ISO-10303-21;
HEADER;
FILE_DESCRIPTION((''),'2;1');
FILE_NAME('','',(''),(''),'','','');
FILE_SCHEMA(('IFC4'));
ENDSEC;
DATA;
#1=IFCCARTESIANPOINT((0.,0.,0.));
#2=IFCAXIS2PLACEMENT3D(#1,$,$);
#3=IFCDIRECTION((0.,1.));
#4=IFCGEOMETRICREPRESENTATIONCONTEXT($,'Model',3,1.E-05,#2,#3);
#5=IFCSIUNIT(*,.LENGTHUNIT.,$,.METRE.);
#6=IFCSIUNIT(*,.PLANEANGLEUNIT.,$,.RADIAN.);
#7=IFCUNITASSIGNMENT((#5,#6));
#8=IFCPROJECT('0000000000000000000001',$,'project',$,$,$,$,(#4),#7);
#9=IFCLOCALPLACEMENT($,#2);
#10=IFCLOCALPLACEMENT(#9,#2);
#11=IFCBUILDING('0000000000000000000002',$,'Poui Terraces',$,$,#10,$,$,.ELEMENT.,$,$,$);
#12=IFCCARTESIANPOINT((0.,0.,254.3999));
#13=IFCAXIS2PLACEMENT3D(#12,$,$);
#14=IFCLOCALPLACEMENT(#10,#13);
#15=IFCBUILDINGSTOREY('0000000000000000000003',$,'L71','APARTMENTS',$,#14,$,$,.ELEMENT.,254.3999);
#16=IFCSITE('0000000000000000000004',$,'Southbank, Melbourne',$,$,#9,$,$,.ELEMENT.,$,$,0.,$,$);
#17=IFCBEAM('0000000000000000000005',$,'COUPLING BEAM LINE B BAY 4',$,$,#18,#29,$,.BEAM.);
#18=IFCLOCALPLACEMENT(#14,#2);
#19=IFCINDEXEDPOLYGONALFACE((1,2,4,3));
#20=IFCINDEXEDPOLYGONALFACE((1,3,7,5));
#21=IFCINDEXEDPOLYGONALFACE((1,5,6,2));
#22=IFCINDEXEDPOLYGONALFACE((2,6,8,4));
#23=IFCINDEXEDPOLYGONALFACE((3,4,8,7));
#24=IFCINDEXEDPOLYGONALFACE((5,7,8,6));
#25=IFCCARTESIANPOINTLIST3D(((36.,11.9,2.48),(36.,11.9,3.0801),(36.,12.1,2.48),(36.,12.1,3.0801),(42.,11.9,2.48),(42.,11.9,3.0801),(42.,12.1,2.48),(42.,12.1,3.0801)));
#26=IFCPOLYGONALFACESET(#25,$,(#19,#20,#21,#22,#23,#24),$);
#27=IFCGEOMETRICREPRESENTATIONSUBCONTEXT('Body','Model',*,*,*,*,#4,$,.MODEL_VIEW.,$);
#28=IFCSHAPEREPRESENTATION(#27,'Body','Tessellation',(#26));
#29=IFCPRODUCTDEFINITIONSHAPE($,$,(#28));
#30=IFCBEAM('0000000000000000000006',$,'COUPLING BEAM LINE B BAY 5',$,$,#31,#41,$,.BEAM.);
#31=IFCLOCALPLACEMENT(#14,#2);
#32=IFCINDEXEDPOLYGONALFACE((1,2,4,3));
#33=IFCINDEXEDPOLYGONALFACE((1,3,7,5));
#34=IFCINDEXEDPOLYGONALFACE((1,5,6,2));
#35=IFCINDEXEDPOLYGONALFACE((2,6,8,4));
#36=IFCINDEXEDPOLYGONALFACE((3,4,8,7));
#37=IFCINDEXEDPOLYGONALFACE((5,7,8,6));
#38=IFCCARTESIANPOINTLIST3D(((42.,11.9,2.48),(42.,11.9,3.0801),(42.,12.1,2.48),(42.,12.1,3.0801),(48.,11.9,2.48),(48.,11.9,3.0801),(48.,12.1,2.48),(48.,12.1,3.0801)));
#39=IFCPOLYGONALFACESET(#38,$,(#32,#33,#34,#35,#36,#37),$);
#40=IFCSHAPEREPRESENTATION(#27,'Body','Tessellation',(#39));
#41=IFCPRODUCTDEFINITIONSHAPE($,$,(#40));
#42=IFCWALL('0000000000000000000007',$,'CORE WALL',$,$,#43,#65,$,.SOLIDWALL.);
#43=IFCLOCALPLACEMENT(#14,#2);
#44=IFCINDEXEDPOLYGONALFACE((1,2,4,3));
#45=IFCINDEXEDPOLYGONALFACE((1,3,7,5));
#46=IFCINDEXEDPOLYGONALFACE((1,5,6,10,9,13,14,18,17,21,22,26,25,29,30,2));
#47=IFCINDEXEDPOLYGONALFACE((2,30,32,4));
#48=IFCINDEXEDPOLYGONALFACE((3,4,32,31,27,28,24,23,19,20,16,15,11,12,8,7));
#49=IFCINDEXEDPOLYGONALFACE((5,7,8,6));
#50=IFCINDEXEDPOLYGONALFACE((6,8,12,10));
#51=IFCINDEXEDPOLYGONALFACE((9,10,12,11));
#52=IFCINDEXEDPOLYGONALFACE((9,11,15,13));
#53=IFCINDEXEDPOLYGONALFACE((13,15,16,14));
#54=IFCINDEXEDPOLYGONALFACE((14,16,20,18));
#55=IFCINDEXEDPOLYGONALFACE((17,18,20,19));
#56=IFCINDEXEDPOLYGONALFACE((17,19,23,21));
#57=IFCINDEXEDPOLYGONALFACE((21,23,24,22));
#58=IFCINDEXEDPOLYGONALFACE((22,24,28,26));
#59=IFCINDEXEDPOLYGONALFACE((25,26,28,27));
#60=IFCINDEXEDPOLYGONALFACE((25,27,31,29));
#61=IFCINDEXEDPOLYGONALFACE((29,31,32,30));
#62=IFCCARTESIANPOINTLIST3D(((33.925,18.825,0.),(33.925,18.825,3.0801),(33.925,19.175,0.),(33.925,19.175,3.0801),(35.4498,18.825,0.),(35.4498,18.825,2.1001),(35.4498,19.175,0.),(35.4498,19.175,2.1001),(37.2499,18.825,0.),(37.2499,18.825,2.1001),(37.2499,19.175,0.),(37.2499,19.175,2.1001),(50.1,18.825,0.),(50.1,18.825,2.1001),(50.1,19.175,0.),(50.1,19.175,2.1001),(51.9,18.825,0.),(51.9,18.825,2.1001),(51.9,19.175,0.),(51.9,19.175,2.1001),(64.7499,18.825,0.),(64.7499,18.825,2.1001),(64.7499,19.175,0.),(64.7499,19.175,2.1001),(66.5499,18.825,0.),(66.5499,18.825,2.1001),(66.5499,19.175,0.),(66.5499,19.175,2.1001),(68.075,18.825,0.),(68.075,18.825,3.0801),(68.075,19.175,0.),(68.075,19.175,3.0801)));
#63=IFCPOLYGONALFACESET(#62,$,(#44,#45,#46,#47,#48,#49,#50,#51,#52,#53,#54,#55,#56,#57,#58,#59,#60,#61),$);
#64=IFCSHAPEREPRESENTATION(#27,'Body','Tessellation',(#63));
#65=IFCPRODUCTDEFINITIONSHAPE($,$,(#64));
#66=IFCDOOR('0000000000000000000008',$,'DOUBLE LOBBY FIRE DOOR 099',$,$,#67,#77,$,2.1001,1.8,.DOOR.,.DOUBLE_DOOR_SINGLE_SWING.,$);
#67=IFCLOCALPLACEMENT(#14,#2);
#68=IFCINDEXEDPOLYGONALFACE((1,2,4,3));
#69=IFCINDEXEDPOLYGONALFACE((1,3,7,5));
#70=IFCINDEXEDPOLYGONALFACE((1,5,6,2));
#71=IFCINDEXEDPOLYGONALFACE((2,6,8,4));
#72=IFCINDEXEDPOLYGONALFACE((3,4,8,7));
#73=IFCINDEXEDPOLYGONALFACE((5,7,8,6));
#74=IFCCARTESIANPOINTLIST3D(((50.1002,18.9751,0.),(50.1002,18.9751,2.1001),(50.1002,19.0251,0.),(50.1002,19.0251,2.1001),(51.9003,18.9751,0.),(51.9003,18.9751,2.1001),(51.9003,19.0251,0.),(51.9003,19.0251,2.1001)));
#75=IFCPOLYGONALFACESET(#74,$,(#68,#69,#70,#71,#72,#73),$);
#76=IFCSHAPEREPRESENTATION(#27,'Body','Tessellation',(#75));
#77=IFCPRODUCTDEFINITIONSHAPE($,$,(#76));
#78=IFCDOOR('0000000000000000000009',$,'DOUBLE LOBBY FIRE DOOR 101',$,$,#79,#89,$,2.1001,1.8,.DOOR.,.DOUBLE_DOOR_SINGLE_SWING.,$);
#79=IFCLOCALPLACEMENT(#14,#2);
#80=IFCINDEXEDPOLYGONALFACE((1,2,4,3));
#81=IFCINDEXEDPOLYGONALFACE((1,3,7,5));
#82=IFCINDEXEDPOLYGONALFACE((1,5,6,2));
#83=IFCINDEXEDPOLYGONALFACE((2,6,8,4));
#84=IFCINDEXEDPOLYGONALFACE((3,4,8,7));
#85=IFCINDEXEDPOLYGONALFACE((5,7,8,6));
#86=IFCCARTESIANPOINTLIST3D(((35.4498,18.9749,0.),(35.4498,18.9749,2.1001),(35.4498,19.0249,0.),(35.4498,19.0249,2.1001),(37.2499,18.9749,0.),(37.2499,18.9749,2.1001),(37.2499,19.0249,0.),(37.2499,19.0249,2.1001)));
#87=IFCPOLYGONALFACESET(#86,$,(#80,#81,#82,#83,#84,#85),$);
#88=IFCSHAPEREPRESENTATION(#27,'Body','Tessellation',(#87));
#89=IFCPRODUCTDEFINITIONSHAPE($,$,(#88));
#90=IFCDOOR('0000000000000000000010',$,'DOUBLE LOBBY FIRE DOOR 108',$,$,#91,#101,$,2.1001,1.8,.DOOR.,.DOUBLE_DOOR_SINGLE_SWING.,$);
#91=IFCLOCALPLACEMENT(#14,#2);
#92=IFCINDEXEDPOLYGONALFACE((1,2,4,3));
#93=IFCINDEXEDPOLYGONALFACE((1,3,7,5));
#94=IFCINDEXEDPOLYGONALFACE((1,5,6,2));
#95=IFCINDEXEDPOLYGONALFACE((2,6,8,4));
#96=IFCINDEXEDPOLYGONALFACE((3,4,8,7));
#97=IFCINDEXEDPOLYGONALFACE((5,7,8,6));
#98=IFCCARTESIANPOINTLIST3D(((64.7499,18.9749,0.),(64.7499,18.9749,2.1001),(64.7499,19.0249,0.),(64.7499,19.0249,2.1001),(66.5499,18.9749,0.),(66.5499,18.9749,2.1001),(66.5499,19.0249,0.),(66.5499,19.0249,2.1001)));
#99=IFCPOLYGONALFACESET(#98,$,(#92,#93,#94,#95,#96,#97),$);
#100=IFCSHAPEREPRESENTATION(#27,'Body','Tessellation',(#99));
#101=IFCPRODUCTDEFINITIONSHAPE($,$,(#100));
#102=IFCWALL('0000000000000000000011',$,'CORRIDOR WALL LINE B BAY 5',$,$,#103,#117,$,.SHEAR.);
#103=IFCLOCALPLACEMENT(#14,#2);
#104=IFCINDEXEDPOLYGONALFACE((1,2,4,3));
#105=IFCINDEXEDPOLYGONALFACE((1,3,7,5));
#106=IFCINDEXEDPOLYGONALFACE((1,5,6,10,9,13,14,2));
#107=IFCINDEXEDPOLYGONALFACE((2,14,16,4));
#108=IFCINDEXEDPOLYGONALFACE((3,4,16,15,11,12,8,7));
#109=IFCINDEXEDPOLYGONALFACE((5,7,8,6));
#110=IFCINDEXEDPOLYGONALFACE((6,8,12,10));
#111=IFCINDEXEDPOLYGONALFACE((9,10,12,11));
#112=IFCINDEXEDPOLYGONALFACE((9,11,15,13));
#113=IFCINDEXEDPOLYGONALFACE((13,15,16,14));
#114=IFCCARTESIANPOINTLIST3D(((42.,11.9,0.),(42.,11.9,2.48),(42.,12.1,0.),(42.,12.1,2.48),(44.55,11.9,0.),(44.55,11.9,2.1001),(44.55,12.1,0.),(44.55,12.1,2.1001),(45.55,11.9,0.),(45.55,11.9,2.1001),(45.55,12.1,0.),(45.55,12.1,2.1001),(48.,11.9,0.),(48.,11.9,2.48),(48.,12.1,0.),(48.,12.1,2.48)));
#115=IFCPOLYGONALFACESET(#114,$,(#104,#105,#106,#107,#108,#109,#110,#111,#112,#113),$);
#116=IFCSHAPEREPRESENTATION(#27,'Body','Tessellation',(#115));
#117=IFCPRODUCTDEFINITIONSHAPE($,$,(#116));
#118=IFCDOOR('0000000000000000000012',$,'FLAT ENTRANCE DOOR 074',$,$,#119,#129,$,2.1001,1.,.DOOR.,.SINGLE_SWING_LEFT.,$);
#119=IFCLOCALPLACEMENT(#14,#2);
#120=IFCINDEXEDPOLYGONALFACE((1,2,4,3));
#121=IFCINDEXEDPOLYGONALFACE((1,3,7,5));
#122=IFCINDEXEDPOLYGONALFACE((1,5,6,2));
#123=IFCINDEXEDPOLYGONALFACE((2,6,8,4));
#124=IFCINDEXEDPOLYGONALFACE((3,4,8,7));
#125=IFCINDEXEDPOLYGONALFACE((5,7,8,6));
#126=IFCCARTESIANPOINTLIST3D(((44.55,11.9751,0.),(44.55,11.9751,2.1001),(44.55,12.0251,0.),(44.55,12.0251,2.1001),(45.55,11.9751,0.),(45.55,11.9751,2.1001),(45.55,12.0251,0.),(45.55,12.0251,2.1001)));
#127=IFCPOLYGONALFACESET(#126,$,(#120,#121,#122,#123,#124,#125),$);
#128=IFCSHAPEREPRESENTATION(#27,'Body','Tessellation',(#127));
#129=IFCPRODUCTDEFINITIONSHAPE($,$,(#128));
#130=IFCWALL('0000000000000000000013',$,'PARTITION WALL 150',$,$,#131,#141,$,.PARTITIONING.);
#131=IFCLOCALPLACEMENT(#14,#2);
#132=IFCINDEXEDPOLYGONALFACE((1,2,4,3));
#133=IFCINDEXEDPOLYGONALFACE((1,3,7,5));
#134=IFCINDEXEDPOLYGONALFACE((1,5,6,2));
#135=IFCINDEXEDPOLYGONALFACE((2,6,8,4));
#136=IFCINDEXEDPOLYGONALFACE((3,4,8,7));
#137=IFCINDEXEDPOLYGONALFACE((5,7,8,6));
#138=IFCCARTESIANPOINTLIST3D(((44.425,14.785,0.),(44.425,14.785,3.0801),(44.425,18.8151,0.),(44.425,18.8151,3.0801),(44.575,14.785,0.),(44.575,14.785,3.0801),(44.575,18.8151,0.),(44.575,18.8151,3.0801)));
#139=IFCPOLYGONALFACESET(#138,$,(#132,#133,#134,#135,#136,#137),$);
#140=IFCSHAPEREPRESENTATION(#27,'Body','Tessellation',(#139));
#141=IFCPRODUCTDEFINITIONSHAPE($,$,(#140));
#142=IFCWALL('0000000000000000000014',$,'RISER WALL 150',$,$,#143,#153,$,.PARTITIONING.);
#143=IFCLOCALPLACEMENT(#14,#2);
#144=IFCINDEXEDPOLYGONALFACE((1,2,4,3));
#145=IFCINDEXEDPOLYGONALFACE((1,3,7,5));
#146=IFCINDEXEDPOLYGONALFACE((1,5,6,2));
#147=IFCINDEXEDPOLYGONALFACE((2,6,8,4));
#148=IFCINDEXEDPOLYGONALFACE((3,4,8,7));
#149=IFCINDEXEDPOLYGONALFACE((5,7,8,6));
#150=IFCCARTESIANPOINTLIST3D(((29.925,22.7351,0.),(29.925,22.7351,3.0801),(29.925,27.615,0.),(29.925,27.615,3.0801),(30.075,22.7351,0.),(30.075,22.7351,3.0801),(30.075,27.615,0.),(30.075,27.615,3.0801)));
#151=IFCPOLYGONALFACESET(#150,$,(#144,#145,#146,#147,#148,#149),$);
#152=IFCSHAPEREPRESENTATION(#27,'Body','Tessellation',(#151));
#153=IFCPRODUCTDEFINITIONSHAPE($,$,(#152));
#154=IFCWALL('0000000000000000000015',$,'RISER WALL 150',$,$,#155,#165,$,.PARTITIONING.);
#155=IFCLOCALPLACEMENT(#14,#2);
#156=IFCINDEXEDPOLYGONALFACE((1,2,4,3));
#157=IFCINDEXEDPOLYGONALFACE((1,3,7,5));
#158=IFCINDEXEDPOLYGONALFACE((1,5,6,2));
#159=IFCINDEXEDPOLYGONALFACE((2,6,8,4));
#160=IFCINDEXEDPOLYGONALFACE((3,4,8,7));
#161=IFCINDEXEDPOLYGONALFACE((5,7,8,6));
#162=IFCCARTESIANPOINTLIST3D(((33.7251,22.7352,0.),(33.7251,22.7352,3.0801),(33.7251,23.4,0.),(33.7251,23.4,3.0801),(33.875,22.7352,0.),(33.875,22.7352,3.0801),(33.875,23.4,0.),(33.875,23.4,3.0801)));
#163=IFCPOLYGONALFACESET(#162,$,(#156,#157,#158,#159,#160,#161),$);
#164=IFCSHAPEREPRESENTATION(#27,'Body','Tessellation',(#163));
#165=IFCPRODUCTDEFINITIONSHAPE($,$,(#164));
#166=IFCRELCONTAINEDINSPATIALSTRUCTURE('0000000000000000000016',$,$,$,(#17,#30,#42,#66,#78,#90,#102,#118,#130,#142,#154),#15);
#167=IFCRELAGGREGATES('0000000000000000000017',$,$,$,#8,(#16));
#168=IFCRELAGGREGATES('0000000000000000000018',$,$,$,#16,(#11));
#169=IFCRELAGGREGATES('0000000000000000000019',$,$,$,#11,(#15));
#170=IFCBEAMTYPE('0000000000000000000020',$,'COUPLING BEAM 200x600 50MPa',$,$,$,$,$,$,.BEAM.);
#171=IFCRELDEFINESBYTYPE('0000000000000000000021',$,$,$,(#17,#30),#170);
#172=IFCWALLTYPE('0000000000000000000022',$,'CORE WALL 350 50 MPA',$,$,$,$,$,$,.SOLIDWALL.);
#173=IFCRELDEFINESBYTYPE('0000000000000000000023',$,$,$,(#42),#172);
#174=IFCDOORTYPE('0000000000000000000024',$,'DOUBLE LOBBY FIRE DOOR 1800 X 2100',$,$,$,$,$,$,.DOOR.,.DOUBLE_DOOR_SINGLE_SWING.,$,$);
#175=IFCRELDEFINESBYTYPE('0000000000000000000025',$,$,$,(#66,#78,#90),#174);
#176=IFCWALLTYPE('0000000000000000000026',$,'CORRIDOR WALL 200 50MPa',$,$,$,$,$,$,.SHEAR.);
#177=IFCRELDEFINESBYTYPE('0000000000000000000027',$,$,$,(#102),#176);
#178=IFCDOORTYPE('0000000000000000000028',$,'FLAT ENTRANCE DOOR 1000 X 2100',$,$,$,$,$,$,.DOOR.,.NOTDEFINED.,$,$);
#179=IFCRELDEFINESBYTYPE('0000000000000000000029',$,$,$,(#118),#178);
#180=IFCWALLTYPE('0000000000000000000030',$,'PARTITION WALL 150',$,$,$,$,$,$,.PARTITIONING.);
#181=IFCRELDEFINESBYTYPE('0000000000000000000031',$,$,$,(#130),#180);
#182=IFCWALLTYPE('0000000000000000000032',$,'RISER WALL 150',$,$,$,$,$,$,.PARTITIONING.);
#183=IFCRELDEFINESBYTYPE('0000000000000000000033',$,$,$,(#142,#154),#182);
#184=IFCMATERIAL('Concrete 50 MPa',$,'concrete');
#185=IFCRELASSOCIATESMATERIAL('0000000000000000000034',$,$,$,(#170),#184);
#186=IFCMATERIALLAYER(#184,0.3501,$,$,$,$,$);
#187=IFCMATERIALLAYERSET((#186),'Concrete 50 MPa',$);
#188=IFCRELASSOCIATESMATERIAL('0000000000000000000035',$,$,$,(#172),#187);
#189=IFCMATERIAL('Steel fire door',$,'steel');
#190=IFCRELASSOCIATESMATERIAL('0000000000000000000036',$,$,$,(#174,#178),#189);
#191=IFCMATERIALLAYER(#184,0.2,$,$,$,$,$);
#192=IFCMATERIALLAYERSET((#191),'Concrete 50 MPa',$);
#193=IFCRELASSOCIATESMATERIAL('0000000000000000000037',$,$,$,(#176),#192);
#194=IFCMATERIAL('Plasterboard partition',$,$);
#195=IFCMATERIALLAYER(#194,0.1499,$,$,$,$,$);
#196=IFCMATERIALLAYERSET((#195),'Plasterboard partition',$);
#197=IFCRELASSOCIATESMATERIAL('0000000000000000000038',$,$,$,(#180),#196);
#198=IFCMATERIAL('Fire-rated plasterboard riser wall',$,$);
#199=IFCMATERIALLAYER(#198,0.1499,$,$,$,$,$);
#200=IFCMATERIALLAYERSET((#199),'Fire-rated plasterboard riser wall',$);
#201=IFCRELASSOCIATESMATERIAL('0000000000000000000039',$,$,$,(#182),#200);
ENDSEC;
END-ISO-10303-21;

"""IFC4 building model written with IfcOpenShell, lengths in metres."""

from ifc_helpers import new_model, si_unit, direction, frame, frame_2d, origin, origin_2d, place, context, subcontext, project, spatial, rectangle, extrude, source, transform, mapped, material, layer, layer_set, material_profile, profile_set, type_object, element, fill, save


model = new_model("IFC4")

# Units and contexts
model_context = context("Model", 3, precision=1e-05, world=origin(), true_north=direction((0.0, 1.0)))
body_context = subcontext(model_context, "Body", "Model", "MODEL_VIEW")
ifc_project = project(units=[si_unit("LENGTHUNIT", "METRE"), si_unit("PLANEANGLEUNIT", "RADIAN")], contexts=[model_context])

# Site, building, storey
site_placement = place(None, origin())
site = spatial("IfcSite", under=ifc_project, at=site_placement, Name="Southbank, Melbourne", CompositionType="ELEMENT", RefElevation=0.0)
building_placement = place(site_placement, origin())
building = spatial("IfcBuilding", under=site, at=building_placement, Name="Poui Terraces", CompositionType="ELEMENT")
storey_placement = place(building_placement, frame((0.0, 0.0, 254.3999)))
storey = spatial("IfcBuildingStorey", under=building, at=storey_placement, Name="L71", Description="APARTMENTS", CompositionType="ELEMENT", Elevation=254.3999)

# Beams
ifc_material_1 = material(Name="Concrete 50 MPa", Category="concrete")
ifc_material_profile = material_profile(ifc_material_1, rectangle(XDim=0.2, YDim=0.6001, at=origin_2d()), Name="RC 200x600")
ifc_profile_set = profile_set([ifc_material_profile], Name="Concrete 50 MPa")
beam_type = type_object("IfcBeamType", Name="COUPLING BEAM 200x600 50MPa", PredefinedType="BEAM", material=ifc_profile_set)
shared_shape = source(origin(), body_context, "Body", "SweptSolid", [
    extrude(rectangle(XDim=0.2, YDim=0.6001, at=origin_2d()), origin(), (0.0, 0.0, 1.0), 6.0),
])
for number, where, z_axis, x_axis, name in (
    (1, (36.0, 12.0, 2.78), (1.0, 0.0, 0.0), (0.0, 1.0, 0.0), "COUPLING BEAM LINE B BAY 4"),
    (2, (42.0, 12.0, 2.78), (1.0, 0.0, 0.0), (0.0, 1.0, 0.0), "COUPLING BEAM LINE B BAY 5"),
):
    element("IfcBeam", number, at=place(storey_placement, frame(where, z_axis=z_axis, x_axis=x_axis)), inside=storey, type_object=beam_type, Name=name, PredefinedType="BEAM", context=body_context, shape_type="MappedRepresentation", body=[
        mapped(shared_shape, transform((0.0, 0.0, 0.0))),
    ])

# Wall, openings, doors
ifc_layer_1 = layer(ifc_material_1, 0.3501)
ifc_layer_set_1 = layer_set([ifc_layer_1], Name="Concrete 50 MPa")
wall_type_1 = type_object("IfcWallType", Name="CORE WALL 350 50 MPA", PredefinedType="SOLIDWALL", material=ifc_layer_set_1)
wall_1_placement = place(storey_placement, frame((33.925, 19.0, 0.0), z_axis=(0.0, 0.0, 1.0), x_axis=(1.0, 0.0, 0.0)))
wall_1 = element("IfcWall", 3, at=wall_1_placement, inside=storey, type_object=wall_type_1, Name="CORE WALL", PredefinedType="SOLIDWALL", context=body_context, shape_type="SweptSolid", body=[
    extrude(rectangle(XDim=34.1499, YDim=0.3501, at=frame_2d((17.075, 0.0))), origin(), (0.0, 0.0, 1.0), 3.0801),
])
opening_1_placement = place(wall_1_placement, frame((16.175, 0.0, 0.0)))
opening_1 = element("IfcOpeningElement", 4, at=opening_1_placement, cuts=wall_1, PredefinedType="OPENING", context=body_context, shape_type="SweptSolid", body=[
    extrude(rectangle(XDim=1.8, YDim=2.1001, at=frame_2d((0.8999, 1.05))), frame((0.0, 0.1851, 0.0), z_axis=(0.0, -1.0, 0.0), x_axis=(1.0, 0.0, 0.0)), (0.0, 0.0, 1.0), 0.3701),
])
opening_2_placement = place(wall_1_placement, frame((1.5249, 0.0, 0.0)))
opening_2 = element("IfcOpeningElement", 5, at=opening_2_placement, cuts=wall_1, PredefinedType="OPENING", context=body_context, shape_type="SweptSolid", body=[
    extrude(rectangle(XDim=1.8, YDim=2.1001, at=frame_2d((0.8999, 1.05))), frame((0.0, 0.1851, 0.0), z_axis=(0.0, -1.0, 0.0), x_axis=(1.0, 0.0, 0.0)), (0.0, 0.0, 1.0), 0.3701),
])
opening_3_placement = place(wall_1_placement, frame((30.825, 0.0, 0.0)))
opening_3 = element("IfcOpeningElement", 6, at=opening_3_placement, cuts=wall_1, PredefinedType="OPENING", context=body_context, shape_type="SweptSolid", body=[
    extrude(rectangle(XDim=1.8, YDim=2.1001, at=frame_2d((0.8999, 1.05))), frame((0.0, 0.1851, 0.0), z_axis=(0.0, -1.0, 0.0), x_axis=(1.0, 0.0, 0.0)), (0.0, 0.0, 1.0), 0.3701),
])
ifc_material_2 = material(Name="Steel fire door", Category="steel")
door_type_1 = type_object("IfcDoorType", Name="DOUBLE LOBBY FIRE DOOR 1800 X 2100", OperationType="DOUBLE_DOOR_SINGLE_SWING", PredefinedType="DOOR", material=ifc_material_2)
door_1_placement = place(opening_1_placement, frame((1.8, 0.0, 0.0), z_axis=(0.0, 0.0, 1.0), x_axis=(-1.0, 0.0, 0.0)))
door_1 = element("IfcDoor", 7, at=door_1_placement, inside=storey, type_object=door_type_1, Name="DOUBLE LOBBY FIRE DOOR 099", OperationType="DOUBLE_DOOR_SINGLE_SWING", OverallHeight=2.1001, OverallWidth=1.8, PredefinedType="DOOR", context=body_context, shape_type="SweptSolid", body=[
    extrude(rectangle(XDim=1.8, YDim=2.1001, at=frame_2d((0.8999, 1.05))), frame((0.0, 0.0249, 0.0), z_axis=(0.0, -1.0, 0.0), x_axis=(1.0, 0.0, 0.0)), (0.0, 0.0, 1.0), 0.05),
])
fill(opening_1, door_1)
door_2_placement = place(opening_2_placement, origin())
door_2 = element("IfcDoor", 8, at=door_2_placement, inside=storey, type_object=door_type_1, Name="DOUBLE LOBBY FIRE DOOR 101", OperationType="DOUBLE_DOOR_SINGLE_SWING", OverallHeight=2.1001, OverallWidth=1.8, PredefinedType="DOOR", context=body_context, shape_type="SweptSolid", body=[
    extrude(rectangle(XDim=1.8, YDim=2.1001, at=frame_2d((0.8999, 1.05))), frame((0.0, 0.0249, 0.0), z_axis=(0.0, -1.0, 0.0), x_axis=(1.0, 0.0, 0.0)), (0.0, 0.0, 1.0), 0.05),
])
fill(opening_2, door_2)
door_3_placement = place(opening_3_placement, origin())
door_3 = element("IfcDoor", 9, at=door_3_placement, inside=storey, type_object=door_type_1, Name="DOUBLE LOBBY FIRE DOOR 108", OperationType="DOUBLE_DOOR_SINGLE_SWING", OverallHeight=2.1001, OverallWidth=1.8, PredefinedType="DOOR", context=body_context, shape_type="SweptSolid", body=[
    extrude(rectangle(XDim=1.8, YDim=2.1001, at=frame_2d((0.8999, 1.05))), frame((0.0, 0.0249, 0.0), z_axis=(0.0, -1.0, 0.0), x_axis=(1.0, 0.0, 0.0)), (0.0, 0.0, 1.0), 0.05),
])
fill(opening_3, door_3)

# Wall, opening, door
ifc_layer_2 = layer(ifc_material_1, 0.2)
ifc_layer_set_2 = layer_set([ifc_layer_2], Name="Concrete 50 MPa")
wall_type_2 = type_object("IfcWallType", Name="CORRIDOR WALL 200 50MPa", PredefinedType="SHEAR", material=ifc_layer_set_2)
wall_2_placement = place(storey_placement, frame((42.0, 12.0, 0.0), z_axis=(0.0, 0.0, 1.0), x_axis=(1.0, 0.0, 0.0)))
wall_2 = element("IfcWall", 10, at=wall_2_placement, inside=storey, type_object=wall_type_2, Name="CORRIDOR WALL LINE B BAY 5", PredefinedType="SHEAR", context=body_context, shape_type="SweptSolid", body=[
    extrude(rectangle(XDim=6.0, YDim=0.2, at=frame_2d((3.0, 0.0))), origin(), (0.0, 0.0, 1.0), 2.48),
])
opening_4_placement = place(wall_2_placement, frame((2.55, 0.0, 0.0)))
opening_4 = element("IfcOpeningElement", 11, at=opening_4_placement, cuts=wall_2, PredefinedType="OPENING", context=body_context, shape_type="SweptSolid", body=[
    extrude(rectangle(XDim=1.0, YDim=2.1001, at=frame_2d((0.5, 1.05))), frame((0.0, 0.1099, 0.0), z_axis=(0.0, -1.0, 0.0), x_axis=(1.0, 0.0, 0.0)), (0.0, 0.0, 1.0), 0.22),
])
door_type_2 = type_object("IfcDoorType", Name="FLAT ENTRANCE DOOR 1000 X 2100", OperationType="NOTDEFINED", PredefinedType="DOOR", material=ifc_material_2)
door_4_placement = place(opening_4_placement, frame((1.0, 0.0, 0.0), z_axis=(0.0, 0.0, 1.0), x_axis=(-1.0, 0.0, 0.0)))
door_4 = element("IfcDoor", 12, at=door_4_placement, inside=storey, type_object=door_type_2, Name="FLAT ENTRANCE DOOR 074", OperationType="SINGLE_SWING_LEFT", OverallHeight=2.1001, OverallWidth=1.0, PredefinedType="DOOR", context=body_context, shape_type="SweptSolid", body=[
    extrude(rectangle(XDim=1.0, YDim=2.1001, at=frame_2d((0.5, 1.05))), frame((0.0, 0.0249, 0.0), z_axis=(0.0, -1.0, 0.0), x_axis=(1.0, 0.0, 0.0)), (0.0, 0.0, 1.0), 0.05),
])
fill(opening_4, door_4)

# Walls
ifc_material_3 = material(Name="Plasterboard partition")
ifc_layer_3 = layer(ifc_material_3, 0.1499)
ifc_layer_set_3 = layer_set([ifc_layer_3], Name="Plasterboard partition")
wall_type_3 = type_object("IfcWallType", Name="PARTITION WALL 150", PredefinedType="PARTITIONING", material=ifc_layer_set_3)
wall_3_placement = place(storey_placement, frame((44.5, 14.7849, 0.0), z_axis=(0.0, 0.0, 1.0), x_axis=(0.0, 1.0, 0.0)))
element("IfcWall", 13, at=wall_3_placement, inside=storey, type_object=wall_type_3, Name="PARTITION WALL 150", PredefinedType="PARTITIONING", context=body_context, shape_type="SweptSolid", body=[
    extrude(rectangle(XDim=4.03, YDim=0.1499, at=frame_2d((2.0151, 0.0))), origin(), (0.0, 0.0, 1.0), 3.0801),
])
ifc_material_4 = material(Name="Fire-rated plasterboard riser wall")
ifc_layer_4 = layer(ifc_material_4, 0.1499)
ifc_layer_set_4 = layer_set([ifc_layer_4], Name="Fire-rated plasterboard riser wall")
wall_type_4 = type_object("IfcWallType", Name="RISER WALL 150", PredefinedType="PARTITIONING", material=ifc_layer_set_4)
wall_4_placement = place(storey_placement, frame((30.0, 22.7351, 0.0), z_axis=(0.0, 0.0, 1.0), x_axis=(0.0, 1.0, 0.0)))
element("IfcWall", 14, at=wall_4_placement, inside=storey, type_object=wall_type_4, Name="RISER WALL 150", PredefinedType="PARTITIONING", context=body_context, shape_type="SweptSolid", body=[
    extrude(rectangle(XDim=4.8799, YDim=0.1499, at=frame_2d((2.4399, 0.0))), origin(), (0.0, 0.0, 1.0), 3.0801),
])
wall_5_placement = place(storey_placement, frame((33.8, 22.7351, 0.0), z_axis=(0.0, 0.0, 1.0), x_axis=(0.0, 1.0, 0.0)))
element("IfcWall", 15, at=wall_5_placement, inside=storey, type_object=wall_type_4, Name="RISER WALL 150", PredefinedType="PARTITIONING", context=body_context, shape_type="SweptSolid", body=[
    extrude(rectangle(XDim=0.6648, YDim=0.1499, at=frame_2d((0.3325, 0.0))), origin(), (0.0, 0.0, 1.0), 3.0801),
])

save(model, "model.ifc")
